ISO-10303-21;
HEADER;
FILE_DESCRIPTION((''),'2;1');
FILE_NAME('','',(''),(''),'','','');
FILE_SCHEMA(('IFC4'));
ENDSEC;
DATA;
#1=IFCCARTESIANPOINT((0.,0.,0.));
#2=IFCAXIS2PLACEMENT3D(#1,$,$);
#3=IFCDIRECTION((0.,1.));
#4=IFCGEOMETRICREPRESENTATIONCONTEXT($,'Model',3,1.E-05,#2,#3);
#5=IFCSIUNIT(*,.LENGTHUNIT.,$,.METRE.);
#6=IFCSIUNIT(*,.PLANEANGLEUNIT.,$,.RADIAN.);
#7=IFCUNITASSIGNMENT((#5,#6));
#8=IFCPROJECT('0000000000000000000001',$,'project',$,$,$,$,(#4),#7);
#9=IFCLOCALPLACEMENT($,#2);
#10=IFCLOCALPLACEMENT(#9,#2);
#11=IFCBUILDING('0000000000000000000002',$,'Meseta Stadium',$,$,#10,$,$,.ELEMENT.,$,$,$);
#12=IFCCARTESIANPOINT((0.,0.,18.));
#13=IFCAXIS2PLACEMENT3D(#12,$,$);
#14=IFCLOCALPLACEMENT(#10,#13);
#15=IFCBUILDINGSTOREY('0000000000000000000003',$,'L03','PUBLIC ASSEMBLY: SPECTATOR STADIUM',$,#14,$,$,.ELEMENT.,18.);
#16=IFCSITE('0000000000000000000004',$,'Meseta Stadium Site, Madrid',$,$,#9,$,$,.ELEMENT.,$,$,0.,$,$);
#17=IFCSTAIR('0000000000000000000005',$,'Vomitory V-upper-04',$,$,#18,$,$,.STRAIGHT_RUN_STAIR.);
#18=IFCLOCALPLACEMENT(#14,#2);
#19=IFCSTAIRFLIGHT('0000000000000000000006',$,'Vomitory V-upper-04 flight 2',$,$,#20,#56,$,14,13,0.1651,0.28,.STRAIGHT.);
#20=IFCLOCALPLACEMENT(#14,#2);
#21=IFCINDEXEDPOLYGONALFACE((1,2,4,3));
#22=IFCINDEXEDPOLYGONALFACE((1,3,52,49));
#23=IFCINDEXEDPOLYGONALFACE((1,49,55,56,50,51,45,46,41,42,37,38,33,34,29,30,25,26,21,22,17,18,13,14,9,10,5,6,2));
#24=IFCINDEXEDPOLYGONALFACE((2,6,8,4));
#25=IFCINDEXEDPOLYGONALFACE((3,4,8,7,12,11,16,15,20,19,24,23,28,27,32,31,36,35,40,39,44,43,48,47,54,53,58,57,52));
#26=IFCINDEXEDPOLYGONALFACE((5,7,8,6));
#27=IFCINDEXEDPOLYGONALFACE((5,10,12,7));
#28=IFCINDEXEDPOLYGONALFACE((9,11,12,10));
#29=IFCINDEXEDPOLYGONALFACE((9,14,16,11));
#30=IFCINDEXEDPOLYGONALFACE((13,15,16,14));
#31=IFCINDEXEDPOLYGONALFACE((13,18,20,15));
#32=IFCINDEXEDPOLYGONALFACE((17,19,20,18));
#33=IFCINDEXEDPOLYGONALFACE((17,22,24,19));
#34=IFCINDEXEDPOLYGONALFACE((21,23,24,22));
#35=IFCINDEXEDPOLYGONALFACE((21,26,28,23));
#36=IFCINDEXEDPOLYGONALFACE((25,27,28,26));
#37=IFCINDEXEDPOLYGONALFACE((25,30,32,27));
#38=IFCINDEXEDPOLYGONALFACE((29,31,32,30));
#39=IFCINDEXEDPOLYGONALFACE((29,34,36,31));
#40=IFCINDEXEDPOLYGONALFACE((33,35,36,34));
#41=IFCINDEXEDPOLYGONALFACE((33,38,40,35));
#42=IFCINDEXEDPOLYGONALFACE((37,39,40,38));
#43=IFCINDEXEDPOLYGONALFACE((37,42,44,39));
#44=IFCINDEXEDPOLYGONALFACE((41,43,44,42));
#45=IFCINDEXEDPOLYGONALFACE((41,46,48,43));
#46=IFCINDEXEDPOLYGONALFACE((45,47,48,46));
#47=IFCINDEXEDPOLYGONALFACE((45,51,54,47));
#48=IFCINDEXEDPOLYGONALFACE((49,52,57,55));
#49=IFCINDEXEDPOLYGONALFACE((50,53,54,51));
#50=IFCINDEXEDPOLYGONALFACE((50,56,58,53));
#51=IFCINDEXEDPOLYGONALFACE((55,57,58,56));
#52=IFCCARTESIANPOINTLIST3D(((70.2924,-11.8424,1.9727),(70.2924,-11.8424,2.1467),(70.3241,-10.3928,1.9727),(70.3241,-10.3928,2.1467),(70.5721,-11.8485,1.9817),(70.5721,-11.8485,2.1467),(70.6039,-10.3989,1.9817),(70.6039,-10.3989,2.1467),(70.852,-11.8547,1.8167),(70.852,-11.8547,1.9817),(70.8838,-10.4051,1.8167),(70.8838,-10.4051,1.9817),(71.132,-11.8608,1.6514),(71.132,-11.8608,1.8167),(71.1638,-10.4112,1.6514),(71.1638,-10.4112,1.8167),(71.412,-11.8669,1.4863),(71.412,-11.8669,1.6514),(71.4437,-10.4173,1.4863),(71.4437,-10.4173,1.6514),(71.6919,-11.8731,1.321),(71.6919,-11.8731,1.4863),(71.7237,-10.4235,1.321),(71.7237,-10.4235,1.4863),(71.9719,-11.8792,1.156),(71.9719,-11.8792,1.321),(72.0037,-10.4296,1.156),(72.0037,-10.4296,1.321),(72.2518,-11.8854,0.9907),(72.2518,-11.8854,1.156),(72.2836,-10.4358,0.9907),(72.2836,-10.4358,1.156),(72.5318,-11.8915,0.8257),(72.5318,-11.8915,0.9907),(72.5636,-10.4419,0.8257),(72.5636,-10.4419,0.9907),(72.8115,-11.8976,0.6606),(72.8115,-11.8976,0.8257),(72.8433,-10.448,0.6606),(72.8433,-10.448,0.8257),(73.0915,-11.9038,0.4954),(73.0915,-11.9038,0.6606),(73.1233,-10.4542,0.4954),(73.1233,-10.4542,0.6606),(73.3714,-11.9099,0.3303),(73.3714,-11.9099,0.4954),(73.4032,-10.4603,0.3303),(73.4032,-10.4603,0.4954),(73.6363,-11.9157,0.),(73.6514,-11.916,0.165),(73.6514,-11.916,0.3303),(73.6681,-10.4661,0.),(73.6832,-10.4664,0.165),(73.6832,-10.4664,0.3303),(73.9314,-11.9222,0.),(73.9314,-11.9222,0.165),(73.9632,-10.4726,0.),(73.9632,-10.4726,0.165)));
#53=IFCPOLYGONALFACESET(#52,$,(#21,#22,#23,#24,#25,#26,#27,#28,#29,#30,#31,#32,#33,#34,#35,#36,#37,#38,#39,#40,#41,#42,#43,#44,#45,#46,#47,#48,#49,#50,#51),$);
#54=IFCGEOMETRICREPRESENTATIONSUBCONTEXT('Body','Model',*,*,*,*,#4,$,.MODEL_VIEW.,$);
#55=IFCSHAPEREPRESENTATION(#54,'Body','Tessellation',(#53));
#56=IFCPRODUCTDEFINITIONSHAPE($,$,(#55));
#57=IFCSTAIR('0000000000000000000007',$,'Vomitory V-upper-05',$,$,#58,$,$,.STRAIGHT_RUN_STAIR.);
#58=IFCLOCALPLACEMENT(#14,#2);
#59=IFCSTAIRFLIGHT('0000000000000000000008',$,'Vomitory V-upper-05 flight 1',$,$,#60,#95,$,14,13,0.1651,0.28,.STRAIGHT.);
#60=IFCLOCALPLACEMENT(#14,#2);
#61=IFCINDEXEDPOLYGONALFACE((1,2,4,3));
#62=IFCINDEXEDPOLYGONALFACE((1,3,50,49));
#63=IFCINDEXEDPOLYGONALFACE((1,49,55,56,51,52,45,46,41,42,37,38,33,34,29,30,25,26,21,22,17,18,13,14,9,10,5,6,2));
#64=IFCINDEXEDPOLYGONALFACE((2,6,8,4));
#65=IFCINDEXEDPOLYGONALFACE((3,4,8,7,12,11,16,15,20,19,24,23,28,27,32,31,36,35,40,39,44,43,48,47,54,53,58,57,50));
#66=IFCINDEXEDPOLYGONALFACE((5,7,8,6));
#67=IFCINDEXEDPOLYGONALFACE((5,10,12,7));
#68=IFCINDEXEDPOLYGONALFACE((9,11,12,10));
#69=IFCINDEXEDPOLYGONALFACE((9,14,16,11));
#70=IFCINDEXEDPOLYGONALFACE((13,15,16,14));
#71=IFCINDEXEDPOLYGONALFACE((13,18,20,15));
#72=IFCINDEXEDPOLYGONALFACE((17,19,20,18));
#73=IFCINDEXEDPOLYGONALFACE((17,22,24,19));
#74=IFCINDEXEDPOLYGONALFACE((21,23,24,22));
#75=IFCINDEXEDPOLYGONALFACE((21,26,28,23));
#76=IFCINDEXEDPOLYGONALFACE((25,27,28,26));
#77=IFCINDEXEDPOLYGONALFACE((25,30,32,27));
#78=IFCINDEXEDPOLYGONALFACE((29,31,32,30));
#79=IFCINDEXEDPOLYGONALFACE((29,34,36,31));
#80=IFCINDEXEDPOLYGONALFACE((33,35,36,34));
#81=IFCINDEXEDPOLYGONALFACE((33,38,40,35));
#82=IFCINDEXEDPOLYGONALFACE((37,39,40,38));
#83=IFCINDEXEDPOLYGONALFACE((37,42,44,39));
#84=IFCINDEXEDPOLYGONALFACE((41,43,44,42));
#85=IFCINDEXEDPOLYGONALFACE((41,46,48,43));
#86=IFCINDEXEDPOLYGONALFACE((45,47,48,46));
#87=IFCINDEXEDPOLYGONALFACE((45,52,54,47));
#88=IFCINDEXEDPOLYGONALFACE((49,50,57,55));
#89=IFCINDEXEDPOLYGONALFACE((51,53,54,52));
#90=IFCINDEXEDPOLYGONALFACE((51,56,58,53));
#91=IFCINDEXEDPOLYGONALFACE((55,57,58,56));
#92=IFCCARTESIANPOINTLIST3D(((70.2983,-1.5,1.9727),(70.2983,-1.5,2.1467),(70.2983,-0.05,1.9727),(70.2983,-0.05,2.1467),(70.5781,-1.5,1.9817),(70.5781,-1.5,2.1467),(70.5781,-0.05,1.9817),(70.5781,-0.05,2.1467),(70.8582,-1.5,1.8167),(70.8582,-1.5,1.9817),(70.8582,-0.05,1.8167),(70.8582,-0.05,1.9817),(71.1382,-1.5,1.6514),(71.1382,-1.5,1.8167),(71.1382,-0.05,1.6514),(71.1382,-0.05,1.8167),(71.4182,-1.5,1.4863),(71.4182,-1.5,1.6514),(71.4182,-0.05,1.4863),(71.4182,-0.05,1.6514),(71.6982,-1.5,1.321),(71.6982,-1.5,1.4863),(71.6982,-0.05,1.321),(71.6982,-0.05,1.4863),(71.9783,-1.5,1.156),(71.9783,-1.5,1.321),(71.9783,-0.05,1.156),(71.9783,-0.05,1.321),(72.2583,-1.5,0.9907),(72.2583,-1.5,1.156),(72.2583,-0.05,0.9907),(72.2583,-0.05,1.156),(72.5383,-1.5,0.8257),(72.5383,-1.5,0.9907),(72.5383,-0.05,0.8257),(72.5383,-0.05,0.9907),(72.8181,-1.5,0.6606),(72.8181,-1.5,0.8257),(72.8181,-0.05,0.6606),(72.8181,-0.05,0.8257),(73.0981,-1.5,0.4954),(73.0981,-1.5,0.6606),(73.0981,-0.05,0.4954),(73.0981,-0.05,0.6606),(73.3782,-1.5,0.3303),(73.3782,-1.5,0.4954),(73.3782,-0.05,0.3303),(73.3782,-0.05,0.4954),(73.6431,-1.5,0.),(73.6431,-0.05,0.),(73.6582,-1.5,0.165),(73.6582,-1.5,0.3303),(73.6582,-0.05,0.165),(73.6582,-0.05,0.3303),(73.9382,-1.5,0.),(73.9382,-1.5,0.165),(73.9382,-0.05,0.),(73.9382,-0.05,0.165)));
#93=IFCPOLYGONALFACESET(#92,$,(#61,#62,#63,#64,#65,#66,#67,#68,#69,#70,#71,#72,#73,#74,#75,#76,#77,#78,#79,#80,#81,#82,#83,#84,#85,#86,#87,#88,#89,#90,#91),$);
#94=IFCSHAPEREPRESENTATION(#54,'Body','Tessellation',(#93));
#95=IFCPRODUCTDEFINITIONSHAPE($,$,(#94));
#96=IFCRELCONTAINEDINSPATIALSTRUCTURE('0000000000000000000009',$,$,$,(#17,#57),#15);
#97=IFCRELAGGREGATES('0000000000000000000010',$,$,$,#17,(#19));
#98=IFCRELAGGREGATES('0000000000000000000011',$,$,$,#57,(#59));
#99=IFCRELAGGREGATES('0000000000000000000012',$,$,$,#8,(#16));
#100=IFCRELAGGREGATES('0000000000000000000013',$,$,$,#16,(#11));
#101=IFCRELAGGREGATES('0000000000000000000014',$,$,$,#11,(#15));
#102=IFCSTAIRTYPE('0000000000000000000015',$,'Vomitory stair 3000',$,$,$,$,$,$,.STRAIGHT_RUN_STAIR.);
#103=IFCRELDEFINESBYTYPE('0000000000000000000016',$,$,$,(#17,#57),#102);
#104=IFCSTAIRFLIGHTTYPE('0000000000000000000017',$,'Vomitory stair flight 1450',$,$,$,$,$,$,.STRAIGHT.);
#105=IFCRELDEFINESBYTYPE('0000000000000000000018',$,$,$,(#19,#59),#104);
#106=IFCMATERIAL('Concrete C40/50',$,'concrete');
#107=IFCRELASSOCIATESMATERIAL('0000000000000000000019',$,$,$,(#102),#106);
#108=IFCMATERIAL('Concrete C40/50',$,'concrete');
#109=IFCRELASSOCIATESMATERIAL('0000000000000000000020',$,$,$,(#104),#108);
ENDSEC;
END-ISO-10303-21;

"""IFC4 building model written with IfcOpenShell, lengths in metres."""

from ifc_helpers import new_model, si_unit, direction, frame, origin, place, context, subcontext, project, spatial, polyline, outline, extrude, material, type_object, element, aggregate, save


model = new_model("IFC4")

# Units and contexts
model_context = context("Model", 3, precision=1e-05, world=origin(), true_north=direction((0.0, 1.0)))
body_context = subcontext(model_context, "Body", "Model", "MODEL_VIEW")
ifc_project = project(units=[si_unit("LENGTHUNIT", "METRE"), si_unit("PLANEANGLEUNIT", "RADIAN")], contexts=[model_context])

# Site, building, storey
site_placement = place(None, origin())
site = spatial("IfcSite", under=ifc_project, at=site_placement, Name="Meseta Stadium Site, Madrid", CompositionType="ELEMENT", RefElevation=0.0)
building_placement = place(site_placement, origin())
building = spatial("IfcBuilding", under=site, at=building_placement, Name="Meseta Stadium", CompositionType="ELEMENT")
storey_placement = place(building_placement, frame((0.0, 0.0, 18.0)))
storey = spatial("IfcBuildingStorey", under=building, at=storey_placement, Name="L03", Description="PUBLIC ASSEMBLY: SPECTATOR STADIUM", CompositionType="ELEMENT", Elevation=18.0)

# Shared definitions
ifc_material_1 = material(Name="Concrete C40/50", Category="concrete")
stair_type = type_object("IfcStairType", Name="Vomitory stair 3000", PredefinedType="STRAIGHT_RUN_STAIR", material=ifc_material_1)
ifc_material_2 = material(Name="Concrete C40/50", Category="concrete")
stair_flight_type = type_object("IfcStairFlightType", Name="Vomitory stair flight 1450", PredefinedType="STRAIGHT", material=ifc_material_2)

# Stair, stair flight
stair_1_placement = place(storey_placement, origin())
stair_1 = element("IfcStair", 1, at=stair_1_placement, inside=storey, type_object=stair_type, Name="Vomitory V-upper-04", PredefinedType="STRAIGHT_RUN_STAIR")
stair_flight_1_placement = place(storey_placement, frame((73.9473, -11.1973, 0.0), z_axis=(0.0, 0.0, 1.0), x_axis=(-0.99976, 0.021925, 0.0)))
stair_flight_1 = element("IfcStairFlight", 2, at=stair_flight_1_placement, type_object=stair_flight_type, Name="Vomitory V-upper-04 flight 2", NumberOfRisers=14, NumberOfTreads=13, PredefinedType="STRAIGHT", RiserHeight=0.1651, TreadLength=0.28, context=body_context, shape_type="SweptSolid", body=[
    extrude(outline(polyline([(0.0, 0.0), (0.0, 0.165), (0.28, 0.165), (0.28, 0.3303), (0.5601, 0.3303), (0.5601, 0.4954), (0.8401, 0.4954), (0.8401, 0.6606), (1.1201, 0.6606), (1.1201, 0.8257), (1.3999, 0.8257), (1.3999, 0.9907), (1.6799, 0.9907), (1.6799, 1.156), (1.96, 1.156), (1.96, 1.321), (2.24, 1.321), (2.24, 1.4863), (2.52, 1.4863), (2.52, 1.6514), (2.8, 1.6514), (2.8, 1.8167), (3.0801, 1.8167), (3.0801, 1.9817), (3.3601, 1.9817), (3.3601, 2.1467), (3.6399, 2.1467), (3.6399, 1.9727), (0.2952, 0.0), (0.0, 0.0)])), frame((0.0, 0.7251, 0.0), z_axis=(0.0, -1.0, 0.0), x_axis=(1.0, 0.0, 0.0)), (0.0, 0.0, 1.0), 1.45),
])
aggregate(stair_1, [stair_flight_1])

# Stair, stair flight
stair_2_placement = place(storey_placement, origin())
stair_2 = element("IfcStair", 3, at=stair_2_placement, inside=storey, type_object=stair_type, Name="Vomitory V-upper-05", PredefinedType="STRAIGHT_RUN_STAIR")
stair_flight_2_placement = place(storey_placement, frame((73.9382, -0.7749, 0.0), z_axis=(0.0, 0.0, 1.0), x_axis=(-1.0, 0.0, 0.0)))
stair_flight_2 = element("IfcStairFlight", 4, at=stair_flight_2_placement, type_object=stair_flight_type, Name="Vomitory V-upper-05 flight 1", NumberOfRisers=14, NumberOfTreads=13, PredefinedType="STRAIGHT", RiserHeight=0.1651, TreadLength=0.28, context=body_context, shape_type="SweptSolid", body=[
    extrude(outline(polyline([(0.0, 0.0), (0.0, 0.165), (0.28, 0.165), (0.28, 0.3303), (0.5601, 0.3303), (0.5601, 0.4954), (0.8401, 0.4954), (0.8401, 0.6606), (1.1201, 0.6606), (1.1201, 0.8257), (1.3999, 0.8257), (1.3999, 0.9907), (1.6799, 0.9907), (1.6799, 1.156), (1.96, 1.156), (1.96, 1.321), (2.24, 1.321), (2.24, 1.4863), (2.52, 1.4863), (2.52, 1.6514), (2.8, 1.6514), (2.8, 1.8167), (3.0801, 1.8167), (3.0801, 1.9817), (3.3601, 1.9817), (3.3601, 2.1467), (3.6399, 2.1467), (3.6399, 1.9727), (0.2952, 0.0), (0.0, 0.0)])), frame((0.0, 0.7251, 0.0), z_axis=(0.0, -1.0, 0.0), x_axis=(1.0, 0.0, 0.0)), (0.0, 0.0, 1.0), 1.45),
])
aggregate(stair_2, [stair_flight_2])

save(model, "model.ifc")
